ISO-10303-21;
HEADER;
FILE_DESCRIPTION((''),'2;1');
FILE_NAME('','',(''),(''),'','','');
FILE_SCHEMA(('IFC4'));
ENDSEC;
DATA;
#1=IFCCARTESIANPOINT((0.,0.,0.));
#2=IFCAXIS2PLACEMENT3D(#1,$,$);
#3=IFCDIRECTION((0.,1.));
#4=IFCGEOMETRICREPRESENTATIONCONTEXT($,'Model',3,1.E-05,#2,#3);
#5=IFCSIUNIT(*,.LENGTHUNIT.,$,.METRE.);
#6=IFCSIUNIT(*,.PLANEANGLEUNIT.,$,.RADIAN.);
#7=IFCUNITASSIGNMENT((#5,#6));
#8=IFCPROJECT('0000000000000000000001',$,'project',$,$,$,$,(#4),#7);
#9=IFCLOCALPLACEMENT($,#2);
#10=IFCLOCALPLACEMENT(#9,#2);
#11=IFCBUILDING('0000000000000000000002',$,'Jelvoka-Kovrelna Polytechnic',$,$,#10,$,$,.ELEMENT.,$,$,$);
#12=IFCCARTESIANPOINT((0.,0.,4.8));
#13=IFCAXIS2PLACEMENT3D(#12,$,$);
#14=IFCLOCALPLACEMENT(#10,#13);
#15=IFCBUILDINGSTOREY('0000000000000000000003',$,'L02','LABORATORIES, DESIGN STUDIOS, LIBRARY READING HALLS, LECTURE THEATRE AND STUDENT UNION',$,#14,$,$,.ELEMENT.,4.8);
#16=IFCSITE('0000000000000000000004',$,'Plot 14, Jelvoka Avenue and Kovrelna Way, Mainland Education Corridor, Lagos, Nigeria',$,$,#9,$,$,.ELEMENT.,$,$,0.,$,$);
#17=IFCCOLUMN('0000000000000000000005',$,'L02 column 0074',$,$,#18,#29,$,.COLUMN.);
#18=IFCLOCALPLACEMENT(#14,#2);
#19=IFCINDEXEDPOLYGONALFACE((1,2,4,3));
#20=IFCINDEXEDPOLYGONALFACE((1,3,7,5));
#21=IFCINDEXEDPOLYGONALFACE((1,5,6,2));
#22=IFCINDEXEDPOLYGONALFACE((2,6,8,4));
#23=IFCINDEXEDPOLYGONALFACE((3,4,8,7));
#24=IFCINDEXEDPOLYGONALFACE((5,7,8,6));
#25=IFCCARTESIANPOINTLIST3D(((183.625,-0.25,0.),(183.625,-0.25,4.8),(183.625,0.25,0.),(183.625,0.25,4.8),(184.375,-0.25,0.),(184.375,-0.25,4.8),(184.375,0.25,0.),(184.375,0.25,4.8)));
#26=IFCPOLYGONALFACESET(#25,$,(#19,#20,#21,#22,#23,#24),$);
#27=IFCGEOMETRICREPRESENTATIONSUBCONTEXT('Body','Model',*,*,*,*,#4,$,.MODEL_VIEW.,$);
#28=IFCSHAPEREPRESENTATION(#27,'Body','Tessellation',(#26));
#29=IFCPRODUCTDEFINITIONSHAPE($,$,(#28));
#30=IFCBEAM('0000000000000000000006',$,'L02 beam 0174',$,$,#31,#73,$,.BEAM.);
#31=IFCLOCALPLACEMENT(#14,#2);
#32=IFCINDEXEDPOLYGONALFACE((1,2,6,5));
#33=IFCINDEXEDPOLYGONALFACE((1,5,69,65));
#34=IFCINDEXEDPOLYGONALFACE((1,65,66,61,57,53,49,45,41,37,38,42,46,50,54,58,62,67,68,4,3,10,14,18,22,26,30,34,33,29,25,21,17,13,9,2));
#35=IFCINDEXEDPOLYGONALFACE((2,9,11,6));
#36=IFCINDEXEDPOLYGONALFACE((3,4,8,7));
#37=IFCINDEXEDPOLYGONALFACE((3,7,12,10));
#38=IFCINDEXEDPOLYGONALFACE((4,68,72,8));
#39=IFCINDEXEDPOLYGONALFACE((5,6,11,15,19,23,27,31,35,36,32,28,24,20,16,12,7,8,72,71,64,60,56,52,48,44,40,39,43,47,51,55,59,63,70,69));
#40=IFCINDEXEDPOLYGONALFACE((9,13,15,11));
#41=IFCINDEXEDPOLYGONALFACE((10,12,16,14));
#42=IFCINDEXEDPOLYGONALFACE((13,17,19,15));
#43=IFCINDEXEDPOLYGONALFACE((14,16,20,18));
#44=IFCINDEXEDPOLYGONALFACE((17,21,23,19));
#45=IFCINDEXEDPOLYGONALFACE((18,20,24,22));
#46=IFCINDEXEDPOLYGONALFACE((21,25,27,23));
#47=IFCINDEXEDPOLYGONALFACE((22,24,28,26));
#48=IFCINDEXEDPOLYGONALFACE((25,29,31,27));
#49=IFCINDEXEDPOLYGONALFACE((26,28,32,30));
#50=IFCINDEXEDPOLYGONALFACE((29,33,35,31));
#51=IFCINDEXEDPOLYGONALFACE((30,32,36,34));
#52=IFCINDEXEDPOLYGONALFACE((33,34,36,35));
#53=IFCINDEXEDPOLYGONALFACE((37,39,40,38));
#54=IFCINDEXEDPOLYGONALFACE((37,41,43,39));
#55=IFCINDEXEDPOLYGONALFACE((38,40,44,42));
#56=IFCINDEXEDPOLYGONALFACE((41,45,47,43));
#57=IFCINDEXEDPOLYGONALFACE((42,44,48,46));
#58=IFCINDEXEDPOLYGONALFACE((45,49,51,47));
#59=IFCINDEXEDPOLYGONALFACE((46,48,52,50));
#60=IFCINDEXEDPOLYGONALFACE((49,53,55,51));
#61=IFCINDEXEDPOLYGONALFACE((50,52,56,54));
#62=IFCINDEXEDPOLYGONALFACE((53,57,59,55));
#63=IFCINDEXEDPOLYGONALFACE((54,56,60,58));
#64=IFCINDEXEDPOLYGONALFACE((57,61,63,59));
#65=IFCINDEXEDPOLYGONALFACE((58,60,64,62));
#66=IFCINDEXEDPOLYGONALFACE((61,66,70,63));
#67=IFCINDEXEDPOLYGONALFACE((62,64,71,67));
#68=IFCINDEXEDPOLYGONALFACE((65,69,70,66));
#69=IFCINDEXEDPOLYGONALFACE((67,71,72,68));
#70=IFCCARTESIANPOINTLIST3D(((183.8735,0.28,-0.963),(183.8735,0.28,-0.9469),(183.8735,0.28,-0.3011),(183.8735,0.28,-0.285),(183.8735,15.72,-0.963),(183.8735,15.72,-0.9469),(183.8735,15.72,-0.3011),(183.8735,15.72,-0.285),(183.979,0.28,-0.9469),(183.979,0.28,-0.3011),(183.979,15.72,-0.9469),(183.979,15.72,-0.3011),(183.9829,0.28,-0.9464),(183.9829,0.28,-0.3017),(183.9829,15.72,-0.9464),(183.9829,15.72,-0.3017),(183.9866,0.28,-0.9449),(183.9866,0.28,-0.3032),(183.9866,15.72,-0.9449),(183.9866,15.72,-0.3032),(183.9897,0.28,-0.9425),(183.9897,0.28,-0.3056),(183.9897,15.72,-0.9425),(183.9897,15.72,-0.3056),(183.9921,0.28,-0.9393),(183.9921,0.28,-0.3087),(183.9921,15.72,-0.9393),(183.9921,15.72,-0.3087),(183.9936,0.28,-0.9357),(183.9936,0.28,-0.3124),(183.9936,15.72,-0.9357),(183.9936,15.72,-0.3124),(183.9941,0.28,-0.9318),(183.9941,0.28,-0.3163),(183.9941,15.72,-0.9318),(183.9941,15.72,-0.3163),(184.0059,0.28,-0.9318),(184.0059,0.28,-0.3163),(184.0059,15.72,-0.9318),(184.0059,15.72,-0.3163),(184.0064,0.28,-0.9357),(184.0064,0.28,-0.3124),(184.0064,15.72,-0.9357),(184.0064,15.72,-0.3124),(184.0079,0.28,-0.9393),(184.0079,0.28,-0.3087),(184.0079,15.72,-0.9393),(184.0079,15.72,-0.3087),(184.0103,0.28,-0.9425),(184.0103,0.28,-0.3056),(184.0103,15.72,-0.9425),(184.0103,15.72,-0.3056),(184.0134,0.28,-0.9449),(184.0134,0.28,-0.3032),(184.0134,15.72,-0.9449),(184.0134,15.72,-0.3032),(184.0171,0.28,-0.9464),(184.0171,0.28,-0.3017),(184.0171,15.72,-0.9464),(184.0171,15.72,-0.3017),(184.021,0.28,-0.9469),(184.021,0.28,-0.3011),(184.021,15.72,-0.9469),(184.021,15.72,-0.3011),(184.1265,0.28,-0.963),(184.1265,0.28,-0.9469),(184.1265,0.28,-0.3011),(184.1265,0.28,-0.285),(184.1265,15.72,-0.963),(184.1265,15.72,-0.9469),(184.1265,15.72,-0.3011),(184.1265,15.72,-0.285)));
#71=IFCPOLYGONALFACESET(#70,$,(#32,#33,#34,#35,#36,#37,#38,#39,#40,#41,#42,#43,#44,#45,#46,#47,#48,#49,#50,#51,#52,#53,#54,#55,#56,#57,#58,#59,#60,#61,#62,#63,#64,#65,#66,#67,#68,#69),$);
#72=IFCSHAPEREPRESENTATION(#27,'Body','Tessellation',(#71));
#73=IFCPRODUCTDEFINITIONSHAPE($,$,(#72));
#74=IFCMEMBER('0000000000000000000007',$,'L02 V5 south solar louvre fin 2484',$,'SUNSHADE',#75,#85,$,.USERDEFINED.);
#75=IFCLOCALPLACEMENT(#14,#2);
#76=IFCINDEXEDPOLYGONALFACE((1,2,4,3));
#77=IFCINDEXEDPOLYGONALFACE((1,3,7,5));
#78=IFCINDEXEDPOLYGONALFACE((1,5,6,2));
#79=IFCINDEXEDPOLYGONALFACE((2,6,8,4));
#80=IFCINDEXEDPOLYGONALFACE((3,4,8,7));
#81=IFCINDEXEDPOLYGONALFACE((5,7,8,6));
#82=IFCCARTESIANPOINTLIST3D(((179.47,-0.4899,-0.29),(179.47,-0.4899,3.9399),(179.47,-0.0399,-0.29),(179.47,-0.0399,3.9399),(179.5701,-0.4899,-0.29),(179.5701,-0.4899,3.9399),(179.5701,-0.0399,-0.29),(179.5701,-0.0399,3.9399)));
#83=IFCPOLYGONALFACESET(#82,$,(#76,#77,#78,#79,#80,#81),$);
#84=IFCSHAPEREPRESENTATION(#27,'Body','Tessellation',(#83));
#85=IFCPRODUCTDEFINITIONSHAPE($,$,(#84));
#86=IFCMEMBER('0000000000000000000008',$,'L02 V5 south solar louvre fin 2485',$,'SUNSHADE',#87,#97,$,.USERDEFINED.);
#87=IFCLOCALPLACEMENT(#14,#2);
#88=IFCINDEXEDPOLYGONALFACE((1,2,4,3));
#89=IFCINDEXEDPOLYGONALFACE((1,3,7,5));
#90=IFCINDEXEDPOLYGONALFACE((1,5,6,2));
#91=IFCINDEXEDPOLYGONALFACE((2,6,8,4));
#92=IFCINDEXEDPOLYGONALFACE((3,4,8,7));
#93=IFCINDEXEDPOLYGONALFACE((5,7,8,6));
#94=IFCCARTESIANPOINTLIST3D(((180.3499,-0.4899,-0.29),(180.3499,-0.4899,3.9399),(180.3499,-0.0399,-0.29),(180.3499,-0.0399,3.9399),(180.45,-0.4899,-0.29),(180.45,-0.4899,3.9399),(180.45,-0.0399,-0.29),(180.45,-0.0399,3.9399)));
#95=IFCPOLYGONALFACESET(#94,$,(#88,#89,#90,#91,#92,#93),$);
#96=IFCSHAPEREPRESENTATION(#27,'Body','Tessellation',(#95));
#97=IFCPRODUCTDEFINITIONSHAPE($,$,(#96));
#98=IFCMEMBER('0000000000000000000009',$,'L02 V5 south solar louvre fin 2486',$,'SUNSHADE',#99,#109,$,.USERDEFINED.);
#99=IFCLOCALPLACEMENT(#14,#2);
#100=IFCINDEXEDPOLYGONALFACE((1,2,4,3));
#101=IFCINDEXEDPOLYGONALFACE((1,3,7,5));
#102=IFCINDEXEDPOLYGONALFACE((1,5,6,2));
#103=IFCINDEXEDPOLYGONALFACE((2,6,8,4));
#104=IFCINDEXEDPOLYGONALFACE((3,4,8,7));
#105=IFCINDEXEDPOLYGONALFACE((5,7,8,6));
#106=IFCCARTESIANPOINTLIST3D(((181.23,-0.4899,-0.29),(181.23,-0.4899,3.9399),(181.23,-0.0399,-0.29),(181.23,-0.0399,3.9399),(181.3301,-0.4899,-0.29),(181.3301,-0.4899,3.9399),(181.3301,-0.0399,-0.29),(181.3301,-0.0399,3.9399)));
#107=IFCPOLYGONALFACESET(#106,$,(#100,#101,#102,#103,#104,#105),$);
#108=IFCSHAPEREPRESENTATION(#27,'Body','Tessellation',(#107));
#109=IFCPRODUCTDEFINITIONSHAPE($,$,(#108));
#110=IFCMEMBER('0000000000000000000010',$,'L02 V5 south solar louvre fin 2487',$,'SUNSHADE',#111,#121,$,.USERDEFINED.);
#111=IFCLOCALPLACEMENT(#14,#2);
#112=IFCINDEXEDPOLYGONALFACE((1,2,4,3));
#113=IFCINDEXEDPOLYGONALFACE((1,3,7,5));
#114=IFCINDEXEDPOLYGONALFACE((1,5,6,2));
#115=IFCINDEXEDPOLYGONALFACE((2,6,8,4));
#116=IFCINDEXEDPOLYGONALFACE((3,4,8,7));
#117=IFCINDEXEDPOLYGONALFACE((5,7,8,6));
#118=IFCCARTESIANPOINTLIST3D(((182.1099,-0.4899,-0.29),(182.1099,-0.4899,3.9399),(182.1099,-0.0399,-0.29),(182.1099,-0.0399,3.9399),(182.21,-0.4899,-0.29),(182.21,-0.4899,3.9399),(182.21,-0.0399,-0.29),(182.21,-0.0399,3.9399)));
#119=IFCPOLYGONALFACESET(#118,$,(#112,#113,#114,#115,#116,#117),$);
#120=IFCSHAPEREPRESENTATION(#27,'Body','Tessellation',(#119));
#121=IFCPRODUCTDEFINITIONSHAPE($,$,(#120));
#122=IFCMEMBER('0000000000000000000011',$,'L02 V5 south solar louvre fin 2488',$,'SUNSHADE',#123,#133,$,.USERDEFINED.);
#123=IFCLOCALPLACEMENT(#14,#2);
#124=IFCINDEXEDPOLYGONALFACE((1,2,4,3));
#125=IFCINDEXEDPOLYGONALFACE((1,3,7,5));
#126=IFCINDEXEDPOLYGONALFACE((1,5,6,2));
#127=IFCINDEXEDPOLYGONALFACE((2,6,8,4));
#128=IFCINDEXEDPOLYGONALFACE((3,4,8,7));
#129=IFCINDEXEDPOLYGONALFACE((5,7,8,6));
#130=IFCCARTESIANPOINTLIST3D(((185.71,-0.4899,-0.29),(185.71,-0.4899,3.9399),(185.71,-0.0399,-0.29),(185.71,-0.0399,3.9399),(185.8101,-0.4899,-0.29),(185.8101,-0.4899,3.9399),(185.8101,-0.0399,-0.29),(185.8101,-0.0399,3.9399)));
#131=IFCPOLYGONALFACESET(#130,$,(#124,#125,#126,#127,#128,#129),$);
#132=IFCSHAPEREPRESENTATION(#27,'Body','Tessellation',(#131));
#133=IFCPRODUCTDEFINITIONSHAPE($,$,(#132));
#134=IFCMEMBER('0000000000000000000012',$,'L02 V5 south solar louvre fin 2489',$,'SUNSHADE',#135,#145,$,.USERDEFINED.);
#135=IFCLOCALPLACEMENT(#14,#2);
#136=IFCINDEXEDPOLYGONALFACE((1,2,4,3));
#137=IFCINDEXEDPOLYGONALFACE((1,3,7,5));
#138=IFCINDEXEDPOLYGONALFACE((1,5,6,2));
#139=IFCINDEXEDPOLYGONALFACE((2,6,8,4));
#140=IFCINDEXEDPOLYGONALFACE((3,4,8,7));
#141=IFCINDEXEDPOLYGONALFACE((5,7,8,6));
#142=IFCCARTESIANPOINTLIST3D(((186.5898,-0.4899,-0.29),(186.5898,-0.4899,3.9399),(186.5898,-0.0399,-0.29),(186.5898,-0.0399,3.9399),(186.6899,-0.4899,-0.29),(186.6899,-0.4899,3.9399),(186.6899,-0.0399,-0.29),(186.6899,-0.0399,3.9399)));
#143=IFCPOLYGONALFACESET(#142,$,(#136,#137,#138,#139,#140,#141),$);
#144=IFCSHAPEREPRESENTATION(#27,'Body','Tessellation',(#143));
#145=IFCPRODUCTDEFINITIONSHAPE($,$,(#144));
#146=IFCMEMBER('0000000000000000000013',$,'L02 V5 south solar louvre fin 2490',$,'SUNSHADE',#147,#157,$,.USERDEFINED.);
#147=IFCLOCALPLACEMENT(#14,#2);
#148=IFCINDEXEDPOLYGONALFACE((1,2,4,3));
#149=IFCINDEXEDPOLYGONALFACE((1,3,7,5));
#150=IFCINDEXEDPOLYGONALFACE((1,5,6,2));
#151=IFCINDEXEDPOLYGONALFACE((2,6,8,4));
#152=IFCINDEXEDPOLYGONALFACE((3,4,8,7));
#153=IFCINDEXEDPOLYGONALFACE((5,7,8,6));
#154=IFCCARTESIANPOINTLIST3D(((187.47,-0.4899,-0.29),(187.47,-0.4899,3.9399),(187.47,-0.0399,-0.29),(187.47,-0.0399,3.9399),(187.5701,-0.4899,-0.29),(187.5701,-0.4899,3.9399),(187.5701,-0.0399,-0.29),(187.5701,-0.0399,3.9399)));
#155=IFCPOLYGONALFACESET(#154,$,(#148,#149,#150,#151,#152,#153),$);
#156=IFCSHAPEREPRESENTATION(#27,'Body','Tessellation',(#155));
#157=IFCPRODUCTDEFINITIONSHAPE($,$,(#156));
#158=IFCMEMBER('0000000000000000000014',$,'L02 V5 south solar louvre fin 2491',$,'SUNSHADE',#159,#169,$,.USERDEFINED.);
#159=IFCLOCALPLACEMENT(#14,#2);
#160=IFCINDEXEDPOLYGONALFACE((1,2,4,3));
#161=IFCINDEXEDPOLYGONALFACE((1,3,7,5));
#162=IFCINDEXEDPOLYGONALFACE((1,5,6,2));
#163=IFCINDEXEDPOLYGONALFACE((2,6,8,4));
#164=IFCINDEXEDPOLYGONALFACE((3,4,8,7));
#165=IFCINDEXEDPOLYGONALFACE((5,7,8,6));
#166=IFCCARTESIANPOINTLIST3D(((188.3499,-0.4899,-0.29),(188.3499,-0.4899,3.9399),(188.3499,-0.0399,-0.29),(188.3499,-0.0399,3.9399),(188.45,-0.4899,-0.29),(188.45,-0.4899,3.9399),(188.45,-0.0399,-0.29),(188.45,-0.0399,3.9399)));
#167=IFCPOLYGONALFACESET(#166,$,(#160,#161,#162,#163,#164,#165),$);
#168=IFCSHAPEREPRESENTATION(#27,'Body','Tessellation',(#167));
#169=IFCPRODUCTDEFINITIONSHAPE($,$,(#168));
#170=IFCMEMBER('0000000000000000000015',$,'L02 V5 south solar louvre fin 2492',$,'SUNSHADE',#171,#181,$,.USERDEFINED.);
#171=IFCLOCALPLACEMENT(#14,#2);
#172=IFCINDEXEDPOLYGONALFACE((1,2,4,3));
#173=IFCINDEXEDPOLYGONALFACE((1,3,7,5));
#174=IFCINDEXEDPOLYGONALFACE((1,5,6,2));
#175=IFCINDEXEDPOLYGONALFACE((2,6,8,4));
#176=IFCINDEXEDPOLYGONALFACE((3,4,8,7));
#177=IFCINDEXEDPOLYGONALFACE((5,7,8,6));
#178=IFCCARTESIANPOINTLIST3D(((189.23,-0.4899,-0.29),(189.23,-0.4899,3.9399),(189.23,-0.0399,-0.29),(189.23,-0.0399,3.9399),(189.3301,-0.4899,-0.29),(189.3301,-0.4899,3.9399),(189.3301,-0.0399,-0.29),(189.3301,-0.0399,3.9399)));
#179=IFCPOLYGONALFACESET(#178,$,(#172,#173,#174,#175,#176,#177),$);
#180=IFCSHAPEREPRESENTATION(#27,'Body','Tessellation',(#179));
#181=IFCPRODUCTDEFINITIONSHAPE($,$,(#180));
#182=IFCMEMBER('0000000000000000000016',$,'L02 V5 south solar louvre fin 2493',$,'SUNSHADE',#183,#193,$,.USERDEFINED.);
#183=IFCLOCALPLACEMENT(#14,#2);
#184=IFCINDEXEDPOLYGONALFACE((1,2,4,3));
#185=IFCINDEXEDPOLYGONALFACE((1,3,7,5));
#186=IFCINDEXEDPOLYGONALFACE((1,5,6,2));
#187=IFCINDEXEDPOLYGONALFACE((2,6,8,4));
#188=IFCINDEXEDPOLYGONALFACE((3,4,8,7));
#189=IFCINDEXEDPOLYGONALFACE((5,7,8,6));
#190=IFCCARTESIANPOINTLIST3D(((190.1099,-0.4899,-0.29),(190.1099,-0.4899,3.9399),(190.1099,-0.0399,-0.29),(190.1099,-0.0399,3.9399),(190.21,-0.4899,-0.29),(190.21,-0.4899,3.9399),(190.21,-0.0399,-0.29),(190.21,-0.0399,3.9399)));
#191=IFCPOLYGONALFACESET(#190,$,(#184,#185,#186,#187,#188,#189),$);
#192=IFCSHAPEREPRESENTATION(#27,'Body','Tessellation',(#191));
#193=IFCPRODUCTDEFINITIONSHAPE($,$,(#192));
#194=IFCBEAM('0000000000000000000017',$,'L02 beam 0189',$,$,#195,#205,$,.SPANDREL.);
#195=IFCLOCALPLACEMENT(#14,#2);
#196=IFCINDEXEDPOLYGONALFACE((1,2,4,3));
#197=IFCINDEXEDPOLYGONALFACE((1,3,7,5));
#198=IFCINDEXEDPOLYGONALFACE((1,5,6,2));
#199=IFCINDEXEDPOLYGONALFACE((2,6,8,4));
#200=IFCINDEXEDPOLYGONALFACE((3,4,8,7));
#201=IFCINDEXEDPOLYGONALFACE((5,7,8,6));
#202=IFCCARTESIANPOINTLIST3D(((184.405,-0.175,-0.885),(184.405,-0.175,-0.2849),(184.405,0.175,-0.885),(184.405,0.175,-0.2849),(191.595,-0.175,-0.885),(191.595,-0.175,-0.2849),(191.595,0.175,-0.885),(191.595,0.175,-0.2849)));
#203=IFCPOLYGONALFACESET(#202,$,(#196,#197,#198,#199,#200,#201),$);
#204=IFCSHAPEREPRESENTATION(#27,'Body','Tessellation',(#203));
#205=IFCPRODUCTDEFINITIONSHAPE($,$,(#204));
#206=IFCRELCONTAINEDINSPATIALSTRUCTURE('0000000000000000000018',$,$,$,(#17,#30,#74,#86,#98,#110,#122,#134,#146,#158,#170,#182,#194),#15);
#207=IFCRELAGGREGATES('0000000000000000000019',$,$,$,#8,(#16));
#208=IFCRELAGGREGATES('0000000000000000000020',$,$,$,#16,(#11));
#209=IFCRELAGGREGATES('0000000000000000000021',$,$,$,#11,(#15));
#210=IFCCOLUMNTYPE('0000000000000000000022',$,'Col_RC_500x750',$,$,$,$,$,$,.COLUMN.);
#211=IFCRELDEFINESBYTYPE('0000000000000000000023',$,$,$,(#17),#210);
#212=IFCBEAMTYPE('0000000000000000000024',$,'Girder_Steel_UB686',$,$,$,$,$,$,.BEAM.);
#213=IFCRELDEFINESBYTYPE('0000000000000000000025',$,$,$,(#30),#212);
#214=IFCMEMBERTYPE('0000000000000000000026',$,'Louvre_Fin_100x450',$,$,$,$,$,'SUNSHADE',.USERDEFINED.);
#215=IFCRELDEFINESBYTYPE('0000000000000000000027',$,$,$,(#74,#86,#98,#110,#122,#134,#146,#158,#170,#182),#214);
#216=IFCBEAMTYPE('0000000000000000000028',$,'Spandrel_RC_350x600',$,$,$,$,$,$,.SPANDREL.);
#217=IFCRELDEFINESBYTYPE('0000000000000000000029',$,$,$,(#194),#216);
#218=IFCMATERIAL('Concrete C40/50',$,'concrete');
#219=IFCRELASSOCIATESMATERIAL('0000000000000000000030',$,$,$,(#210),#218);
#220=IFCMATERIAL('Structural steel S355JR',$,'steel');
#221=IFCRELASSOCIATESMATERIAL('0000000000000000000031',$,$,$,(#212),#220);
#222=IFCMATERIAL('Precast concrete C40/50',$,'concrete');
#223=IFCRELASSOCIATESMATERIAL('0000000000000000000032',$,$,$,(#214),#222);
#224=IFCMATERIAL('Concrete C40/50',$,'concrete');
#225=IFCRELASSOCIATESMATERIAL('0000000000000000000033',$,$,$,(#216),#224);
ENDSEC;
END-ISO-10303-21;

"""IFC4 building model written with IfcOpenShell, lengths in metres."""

from ifc_helpers import new_model, si_unit, direction, frame, origin, origin_2d, place, context, subcontext, project, spatial, rectangle, i_section, extrude, material, material_profile, profile_set, type_object, element, save


model = new_model("IFC4")

# Units and contexts
model_context = context("Model", 3, precision=1e-05, world=origin(), true_north=direction((0.0, 1.0)))
body_context = subcontext(model_context, "Body", "Model", "MODEL_VIEW")
ifc_project = project(units=[si_unit("LENGTHUNIT", "METRE"), si_unit("PLANEANGLEUNIT", "RADIAN")], contexts=[model_context])

# Site, building, storey
site_placement = place(None, origin())
site = spatial("IfcSite", under=ifc_project, at=site_placement, Name="Plot 14, Jelvoka Avenue and Kovrelna Way, Mainland Education Corridor, Lagos, Nigeria", CompositionType="ELEMENT", RefElevation=0.0)
building_placement = place(site_placement, origin())
building = spatial("IfcBuilding", under=site, at=building_placement, Name="Jelvoka-Kovrelna Polytechnic", CompositionType="ELEMENT")
storey_placement = place(building_placement, frame((0.0, 0.0, 4.8)))
storey = spatial("IfcBuildingStorey", under=building, at=storey_placement, Name="L02", Description="LABORATORIES, DESIGN STUDIOS, LIBRARY READING HALLS, LECTURE THEATRE AND STUDENT UNION", CompositionType="ELEMENT", Elevation=4.8)

# Column
ifc_material_1 = material(Name="Concrete C40/50", Category="concrete")
ifc_material_profile_1 = material_profile(ifc_material_1, rectangle(XDim=0.5, YDim=0.75, at=origin_2d()), Name="RC 500x750")
ifc_profile_set_1 = profile_set([ifc_material_profile_1], Name="Concrete C40/50")
column_type = type_object("IfcColumnType", Name="Col_RC_500x750", PredefinedType="COLUMN", material=ifc_profile_set_1)
column_placement = place(storey_placement, frame((184.0, 0.0, 0.0), z_axis=(0.0, 0.0, 1.0), x_axis=(0.0, 1.0, 0.0)))
element("IfcColumn", 1, at=column_placement, inside=storey, type_object=column_type, Name="L02 column 0074", PredefinedType="COLUMN", context=body_context, shape_type="SweptSolid", body=[
    extrude(rectangle(XDim=0.5, YDim=0.75, at=origin_2d()), origin(), (0.0, 0.0, 1.0), 4.8),
])

# Beam
ifc_material_2 = material(Name="Structural steel S355JR", Category="steel")
ifc_material_profile_2 = material_profile(ifc_material_2, i_section(OverallWidth=0.2529, OverallDepth=0.678, WebThickness=0.0117, FlangeThickness=0.0161, FilletRadius=0.0151, at=origin_2d()), Name="686x254x125 UB")
ifc_profile_set_2 = profile_set([ifc_material_profile_2], Name="Structural steel S355JR")
beam_type_1 = type_object("IfcBeamType", Name="Girder_Steel_UB686", PredefinedType="BEAM", material=ifc_profile_set_2)
beam_1_placement = place(storey_placement, frame((184.0, 0.28, -0.624), z_axis=(0.0, 1.0, 0.0), x_axis=(-1.0, 0.0, 0.0)))
element("IfcBeam", 2, at=beam_1_placement, inside=storey, type_object=beam_type_1, Name="L02 beam 0174", PredefinedType="BEAM", context=body_context, shape_type="SweptSolid", body=[
    extrude(i_section(OverallWidth=0.2529, OverallDepth=0.678, WebThickness=0.0117, FlangeThickness=0.0161, FilletRadius=0.0151, at=origin_2d()), origin(), (0.0, 0.0, 1.0), 15.4399),
])

# Members
ifc_material_3 = material(Name="Precast concrete C40/50", Category="concrete")
ifc_material_profile_3 = material_profile(ifc_material_3, rectangle(XDim=0.1001, YDim=0.45, at=origin_2d()), Name="PC 100x450")
ifc_profile_set_3 = profile_set([ifc_material_profile_3], Name="Precast concrete C40/50")
member_type = type_object("IfcMemberType", Name="Louvre_Fin_100x450", ElementType="SUNSHADE", PredefinedType="USERDEFINED", material=ifc_profile_set_3)
for number, where, z_axis, x_axis, name in (
    (3, (179.52, -0.2649, -0.29), (0.0, 0.0, 1.0), (1.0, 0.0, 0.0), "L02 V5 south solar louvre fin 2484"),
    (4, (180.3999, -0.2649, -0.29), (0.0, 0.0, 1.0), (1.0, 0.0, 0.0), "L02 V5 south solar louvre fin 2485"),
    (5, (181.28, -0.2649, -0.29), (0.0, 0.0, 1.0), (1.0, 0.0, 0.0), "L02 V5 south solar louvre fin 2486"),
    (6, (182.1599, -0.2649, -0.29), (0.0, 0.0, 1.0), (1.0, 0.0, 0.0), "L02 V5 south solar louvre fin 2487"),
    (7, (185.76, -0.2649, -0.29), (0.0, 0.0, 1.0), (1.0, 0.0, 0.0), "L02 V5 south solar louvre fin 2488"),
    (8, (186.6399, -0.2649, -0.29), (0.0, 0.0, 1.0), (1.0, 0.0, 0.0), "L02 V5 south solar louvre fin 2489"),
    (9, (187.52, -0.2649, -0.29), (0.0, 0.0, 1.0), (1.0, 0.0, 0.0), "L02 V5 south solar louvre fin 2490"),
    (10, (188.3999, -0.2649, -0.29), (0.0, 0.0, 1.0), (1.0, 0.0, 0.0), "L02 V5 south solar louvre fin 2491"),
    (11, (189.28, -0.2649, -0.29), (0.0, 0.0, 1.0), (1.0, 0.0, 0.0), "L02 V5 south solar louvre fin 2492"),
    (12, (190.1599, -0.2649, -0.29), (0.0, 0.0, 1.0), (1.0, 0.0, 0.0), "L02 V5 south solar louvre fin 2493"),
):
    element("IfcMember", number, at=place(storey_placement, frame(where, z_axis=z_axis, x_axis=x_axis)), inside=storey, type_object=member_type, Name=name, ObjectType="SUNSHADE", PredefinedType="USERDEFINED", context=body_context, shape_type="SweptSolid", body=[
        extrude(rectangle(XDim=0.1001, YDim=0.45, at=origin_2d()), origin(), (0.0, 0.0, 1.0), 4.23),
    ])

# Beam
ifc_material_4 = material(Name="Concrete C40/50", Category="concrete")
ifc_material_profile_4 = material_profile(ifc_material_4, rectangle(XDim=0.3501, YDim=0.6001, at=origin_2d()), Name="RC 350x600")
ifc_profile_set_4 = profile_set([ifc_material_profile_4], Name="Concrete C40/50")
beam_type_2 = type_object("IfcBeamType", Name="Spandrel_RC_350x600", PredefinedType="SPANDREL", material=ifc_profile_set_4)
beam_2_placement = place(storey_placement, frame((184.405, 0.0, -0.585), z_axis=(1.0, 0.0, 0.0), x_axis=(0.0, 1.0, 0.0)))
element("IfcBeam", 13, at=beam_2_placement, inside=storey, type_object=beam_type_2, Name="L02 beam 0189", PredefinedType="SPANDREL", context=body_context, shape_type="SweptSolid", body=[
    extrude(rectangle(XDim=0.3501, YDim=0.6001, at=origin_2d()), origin(), (0.0, 0.0, 1.0), 7.1899),
])

save(model, "model.ifc")
